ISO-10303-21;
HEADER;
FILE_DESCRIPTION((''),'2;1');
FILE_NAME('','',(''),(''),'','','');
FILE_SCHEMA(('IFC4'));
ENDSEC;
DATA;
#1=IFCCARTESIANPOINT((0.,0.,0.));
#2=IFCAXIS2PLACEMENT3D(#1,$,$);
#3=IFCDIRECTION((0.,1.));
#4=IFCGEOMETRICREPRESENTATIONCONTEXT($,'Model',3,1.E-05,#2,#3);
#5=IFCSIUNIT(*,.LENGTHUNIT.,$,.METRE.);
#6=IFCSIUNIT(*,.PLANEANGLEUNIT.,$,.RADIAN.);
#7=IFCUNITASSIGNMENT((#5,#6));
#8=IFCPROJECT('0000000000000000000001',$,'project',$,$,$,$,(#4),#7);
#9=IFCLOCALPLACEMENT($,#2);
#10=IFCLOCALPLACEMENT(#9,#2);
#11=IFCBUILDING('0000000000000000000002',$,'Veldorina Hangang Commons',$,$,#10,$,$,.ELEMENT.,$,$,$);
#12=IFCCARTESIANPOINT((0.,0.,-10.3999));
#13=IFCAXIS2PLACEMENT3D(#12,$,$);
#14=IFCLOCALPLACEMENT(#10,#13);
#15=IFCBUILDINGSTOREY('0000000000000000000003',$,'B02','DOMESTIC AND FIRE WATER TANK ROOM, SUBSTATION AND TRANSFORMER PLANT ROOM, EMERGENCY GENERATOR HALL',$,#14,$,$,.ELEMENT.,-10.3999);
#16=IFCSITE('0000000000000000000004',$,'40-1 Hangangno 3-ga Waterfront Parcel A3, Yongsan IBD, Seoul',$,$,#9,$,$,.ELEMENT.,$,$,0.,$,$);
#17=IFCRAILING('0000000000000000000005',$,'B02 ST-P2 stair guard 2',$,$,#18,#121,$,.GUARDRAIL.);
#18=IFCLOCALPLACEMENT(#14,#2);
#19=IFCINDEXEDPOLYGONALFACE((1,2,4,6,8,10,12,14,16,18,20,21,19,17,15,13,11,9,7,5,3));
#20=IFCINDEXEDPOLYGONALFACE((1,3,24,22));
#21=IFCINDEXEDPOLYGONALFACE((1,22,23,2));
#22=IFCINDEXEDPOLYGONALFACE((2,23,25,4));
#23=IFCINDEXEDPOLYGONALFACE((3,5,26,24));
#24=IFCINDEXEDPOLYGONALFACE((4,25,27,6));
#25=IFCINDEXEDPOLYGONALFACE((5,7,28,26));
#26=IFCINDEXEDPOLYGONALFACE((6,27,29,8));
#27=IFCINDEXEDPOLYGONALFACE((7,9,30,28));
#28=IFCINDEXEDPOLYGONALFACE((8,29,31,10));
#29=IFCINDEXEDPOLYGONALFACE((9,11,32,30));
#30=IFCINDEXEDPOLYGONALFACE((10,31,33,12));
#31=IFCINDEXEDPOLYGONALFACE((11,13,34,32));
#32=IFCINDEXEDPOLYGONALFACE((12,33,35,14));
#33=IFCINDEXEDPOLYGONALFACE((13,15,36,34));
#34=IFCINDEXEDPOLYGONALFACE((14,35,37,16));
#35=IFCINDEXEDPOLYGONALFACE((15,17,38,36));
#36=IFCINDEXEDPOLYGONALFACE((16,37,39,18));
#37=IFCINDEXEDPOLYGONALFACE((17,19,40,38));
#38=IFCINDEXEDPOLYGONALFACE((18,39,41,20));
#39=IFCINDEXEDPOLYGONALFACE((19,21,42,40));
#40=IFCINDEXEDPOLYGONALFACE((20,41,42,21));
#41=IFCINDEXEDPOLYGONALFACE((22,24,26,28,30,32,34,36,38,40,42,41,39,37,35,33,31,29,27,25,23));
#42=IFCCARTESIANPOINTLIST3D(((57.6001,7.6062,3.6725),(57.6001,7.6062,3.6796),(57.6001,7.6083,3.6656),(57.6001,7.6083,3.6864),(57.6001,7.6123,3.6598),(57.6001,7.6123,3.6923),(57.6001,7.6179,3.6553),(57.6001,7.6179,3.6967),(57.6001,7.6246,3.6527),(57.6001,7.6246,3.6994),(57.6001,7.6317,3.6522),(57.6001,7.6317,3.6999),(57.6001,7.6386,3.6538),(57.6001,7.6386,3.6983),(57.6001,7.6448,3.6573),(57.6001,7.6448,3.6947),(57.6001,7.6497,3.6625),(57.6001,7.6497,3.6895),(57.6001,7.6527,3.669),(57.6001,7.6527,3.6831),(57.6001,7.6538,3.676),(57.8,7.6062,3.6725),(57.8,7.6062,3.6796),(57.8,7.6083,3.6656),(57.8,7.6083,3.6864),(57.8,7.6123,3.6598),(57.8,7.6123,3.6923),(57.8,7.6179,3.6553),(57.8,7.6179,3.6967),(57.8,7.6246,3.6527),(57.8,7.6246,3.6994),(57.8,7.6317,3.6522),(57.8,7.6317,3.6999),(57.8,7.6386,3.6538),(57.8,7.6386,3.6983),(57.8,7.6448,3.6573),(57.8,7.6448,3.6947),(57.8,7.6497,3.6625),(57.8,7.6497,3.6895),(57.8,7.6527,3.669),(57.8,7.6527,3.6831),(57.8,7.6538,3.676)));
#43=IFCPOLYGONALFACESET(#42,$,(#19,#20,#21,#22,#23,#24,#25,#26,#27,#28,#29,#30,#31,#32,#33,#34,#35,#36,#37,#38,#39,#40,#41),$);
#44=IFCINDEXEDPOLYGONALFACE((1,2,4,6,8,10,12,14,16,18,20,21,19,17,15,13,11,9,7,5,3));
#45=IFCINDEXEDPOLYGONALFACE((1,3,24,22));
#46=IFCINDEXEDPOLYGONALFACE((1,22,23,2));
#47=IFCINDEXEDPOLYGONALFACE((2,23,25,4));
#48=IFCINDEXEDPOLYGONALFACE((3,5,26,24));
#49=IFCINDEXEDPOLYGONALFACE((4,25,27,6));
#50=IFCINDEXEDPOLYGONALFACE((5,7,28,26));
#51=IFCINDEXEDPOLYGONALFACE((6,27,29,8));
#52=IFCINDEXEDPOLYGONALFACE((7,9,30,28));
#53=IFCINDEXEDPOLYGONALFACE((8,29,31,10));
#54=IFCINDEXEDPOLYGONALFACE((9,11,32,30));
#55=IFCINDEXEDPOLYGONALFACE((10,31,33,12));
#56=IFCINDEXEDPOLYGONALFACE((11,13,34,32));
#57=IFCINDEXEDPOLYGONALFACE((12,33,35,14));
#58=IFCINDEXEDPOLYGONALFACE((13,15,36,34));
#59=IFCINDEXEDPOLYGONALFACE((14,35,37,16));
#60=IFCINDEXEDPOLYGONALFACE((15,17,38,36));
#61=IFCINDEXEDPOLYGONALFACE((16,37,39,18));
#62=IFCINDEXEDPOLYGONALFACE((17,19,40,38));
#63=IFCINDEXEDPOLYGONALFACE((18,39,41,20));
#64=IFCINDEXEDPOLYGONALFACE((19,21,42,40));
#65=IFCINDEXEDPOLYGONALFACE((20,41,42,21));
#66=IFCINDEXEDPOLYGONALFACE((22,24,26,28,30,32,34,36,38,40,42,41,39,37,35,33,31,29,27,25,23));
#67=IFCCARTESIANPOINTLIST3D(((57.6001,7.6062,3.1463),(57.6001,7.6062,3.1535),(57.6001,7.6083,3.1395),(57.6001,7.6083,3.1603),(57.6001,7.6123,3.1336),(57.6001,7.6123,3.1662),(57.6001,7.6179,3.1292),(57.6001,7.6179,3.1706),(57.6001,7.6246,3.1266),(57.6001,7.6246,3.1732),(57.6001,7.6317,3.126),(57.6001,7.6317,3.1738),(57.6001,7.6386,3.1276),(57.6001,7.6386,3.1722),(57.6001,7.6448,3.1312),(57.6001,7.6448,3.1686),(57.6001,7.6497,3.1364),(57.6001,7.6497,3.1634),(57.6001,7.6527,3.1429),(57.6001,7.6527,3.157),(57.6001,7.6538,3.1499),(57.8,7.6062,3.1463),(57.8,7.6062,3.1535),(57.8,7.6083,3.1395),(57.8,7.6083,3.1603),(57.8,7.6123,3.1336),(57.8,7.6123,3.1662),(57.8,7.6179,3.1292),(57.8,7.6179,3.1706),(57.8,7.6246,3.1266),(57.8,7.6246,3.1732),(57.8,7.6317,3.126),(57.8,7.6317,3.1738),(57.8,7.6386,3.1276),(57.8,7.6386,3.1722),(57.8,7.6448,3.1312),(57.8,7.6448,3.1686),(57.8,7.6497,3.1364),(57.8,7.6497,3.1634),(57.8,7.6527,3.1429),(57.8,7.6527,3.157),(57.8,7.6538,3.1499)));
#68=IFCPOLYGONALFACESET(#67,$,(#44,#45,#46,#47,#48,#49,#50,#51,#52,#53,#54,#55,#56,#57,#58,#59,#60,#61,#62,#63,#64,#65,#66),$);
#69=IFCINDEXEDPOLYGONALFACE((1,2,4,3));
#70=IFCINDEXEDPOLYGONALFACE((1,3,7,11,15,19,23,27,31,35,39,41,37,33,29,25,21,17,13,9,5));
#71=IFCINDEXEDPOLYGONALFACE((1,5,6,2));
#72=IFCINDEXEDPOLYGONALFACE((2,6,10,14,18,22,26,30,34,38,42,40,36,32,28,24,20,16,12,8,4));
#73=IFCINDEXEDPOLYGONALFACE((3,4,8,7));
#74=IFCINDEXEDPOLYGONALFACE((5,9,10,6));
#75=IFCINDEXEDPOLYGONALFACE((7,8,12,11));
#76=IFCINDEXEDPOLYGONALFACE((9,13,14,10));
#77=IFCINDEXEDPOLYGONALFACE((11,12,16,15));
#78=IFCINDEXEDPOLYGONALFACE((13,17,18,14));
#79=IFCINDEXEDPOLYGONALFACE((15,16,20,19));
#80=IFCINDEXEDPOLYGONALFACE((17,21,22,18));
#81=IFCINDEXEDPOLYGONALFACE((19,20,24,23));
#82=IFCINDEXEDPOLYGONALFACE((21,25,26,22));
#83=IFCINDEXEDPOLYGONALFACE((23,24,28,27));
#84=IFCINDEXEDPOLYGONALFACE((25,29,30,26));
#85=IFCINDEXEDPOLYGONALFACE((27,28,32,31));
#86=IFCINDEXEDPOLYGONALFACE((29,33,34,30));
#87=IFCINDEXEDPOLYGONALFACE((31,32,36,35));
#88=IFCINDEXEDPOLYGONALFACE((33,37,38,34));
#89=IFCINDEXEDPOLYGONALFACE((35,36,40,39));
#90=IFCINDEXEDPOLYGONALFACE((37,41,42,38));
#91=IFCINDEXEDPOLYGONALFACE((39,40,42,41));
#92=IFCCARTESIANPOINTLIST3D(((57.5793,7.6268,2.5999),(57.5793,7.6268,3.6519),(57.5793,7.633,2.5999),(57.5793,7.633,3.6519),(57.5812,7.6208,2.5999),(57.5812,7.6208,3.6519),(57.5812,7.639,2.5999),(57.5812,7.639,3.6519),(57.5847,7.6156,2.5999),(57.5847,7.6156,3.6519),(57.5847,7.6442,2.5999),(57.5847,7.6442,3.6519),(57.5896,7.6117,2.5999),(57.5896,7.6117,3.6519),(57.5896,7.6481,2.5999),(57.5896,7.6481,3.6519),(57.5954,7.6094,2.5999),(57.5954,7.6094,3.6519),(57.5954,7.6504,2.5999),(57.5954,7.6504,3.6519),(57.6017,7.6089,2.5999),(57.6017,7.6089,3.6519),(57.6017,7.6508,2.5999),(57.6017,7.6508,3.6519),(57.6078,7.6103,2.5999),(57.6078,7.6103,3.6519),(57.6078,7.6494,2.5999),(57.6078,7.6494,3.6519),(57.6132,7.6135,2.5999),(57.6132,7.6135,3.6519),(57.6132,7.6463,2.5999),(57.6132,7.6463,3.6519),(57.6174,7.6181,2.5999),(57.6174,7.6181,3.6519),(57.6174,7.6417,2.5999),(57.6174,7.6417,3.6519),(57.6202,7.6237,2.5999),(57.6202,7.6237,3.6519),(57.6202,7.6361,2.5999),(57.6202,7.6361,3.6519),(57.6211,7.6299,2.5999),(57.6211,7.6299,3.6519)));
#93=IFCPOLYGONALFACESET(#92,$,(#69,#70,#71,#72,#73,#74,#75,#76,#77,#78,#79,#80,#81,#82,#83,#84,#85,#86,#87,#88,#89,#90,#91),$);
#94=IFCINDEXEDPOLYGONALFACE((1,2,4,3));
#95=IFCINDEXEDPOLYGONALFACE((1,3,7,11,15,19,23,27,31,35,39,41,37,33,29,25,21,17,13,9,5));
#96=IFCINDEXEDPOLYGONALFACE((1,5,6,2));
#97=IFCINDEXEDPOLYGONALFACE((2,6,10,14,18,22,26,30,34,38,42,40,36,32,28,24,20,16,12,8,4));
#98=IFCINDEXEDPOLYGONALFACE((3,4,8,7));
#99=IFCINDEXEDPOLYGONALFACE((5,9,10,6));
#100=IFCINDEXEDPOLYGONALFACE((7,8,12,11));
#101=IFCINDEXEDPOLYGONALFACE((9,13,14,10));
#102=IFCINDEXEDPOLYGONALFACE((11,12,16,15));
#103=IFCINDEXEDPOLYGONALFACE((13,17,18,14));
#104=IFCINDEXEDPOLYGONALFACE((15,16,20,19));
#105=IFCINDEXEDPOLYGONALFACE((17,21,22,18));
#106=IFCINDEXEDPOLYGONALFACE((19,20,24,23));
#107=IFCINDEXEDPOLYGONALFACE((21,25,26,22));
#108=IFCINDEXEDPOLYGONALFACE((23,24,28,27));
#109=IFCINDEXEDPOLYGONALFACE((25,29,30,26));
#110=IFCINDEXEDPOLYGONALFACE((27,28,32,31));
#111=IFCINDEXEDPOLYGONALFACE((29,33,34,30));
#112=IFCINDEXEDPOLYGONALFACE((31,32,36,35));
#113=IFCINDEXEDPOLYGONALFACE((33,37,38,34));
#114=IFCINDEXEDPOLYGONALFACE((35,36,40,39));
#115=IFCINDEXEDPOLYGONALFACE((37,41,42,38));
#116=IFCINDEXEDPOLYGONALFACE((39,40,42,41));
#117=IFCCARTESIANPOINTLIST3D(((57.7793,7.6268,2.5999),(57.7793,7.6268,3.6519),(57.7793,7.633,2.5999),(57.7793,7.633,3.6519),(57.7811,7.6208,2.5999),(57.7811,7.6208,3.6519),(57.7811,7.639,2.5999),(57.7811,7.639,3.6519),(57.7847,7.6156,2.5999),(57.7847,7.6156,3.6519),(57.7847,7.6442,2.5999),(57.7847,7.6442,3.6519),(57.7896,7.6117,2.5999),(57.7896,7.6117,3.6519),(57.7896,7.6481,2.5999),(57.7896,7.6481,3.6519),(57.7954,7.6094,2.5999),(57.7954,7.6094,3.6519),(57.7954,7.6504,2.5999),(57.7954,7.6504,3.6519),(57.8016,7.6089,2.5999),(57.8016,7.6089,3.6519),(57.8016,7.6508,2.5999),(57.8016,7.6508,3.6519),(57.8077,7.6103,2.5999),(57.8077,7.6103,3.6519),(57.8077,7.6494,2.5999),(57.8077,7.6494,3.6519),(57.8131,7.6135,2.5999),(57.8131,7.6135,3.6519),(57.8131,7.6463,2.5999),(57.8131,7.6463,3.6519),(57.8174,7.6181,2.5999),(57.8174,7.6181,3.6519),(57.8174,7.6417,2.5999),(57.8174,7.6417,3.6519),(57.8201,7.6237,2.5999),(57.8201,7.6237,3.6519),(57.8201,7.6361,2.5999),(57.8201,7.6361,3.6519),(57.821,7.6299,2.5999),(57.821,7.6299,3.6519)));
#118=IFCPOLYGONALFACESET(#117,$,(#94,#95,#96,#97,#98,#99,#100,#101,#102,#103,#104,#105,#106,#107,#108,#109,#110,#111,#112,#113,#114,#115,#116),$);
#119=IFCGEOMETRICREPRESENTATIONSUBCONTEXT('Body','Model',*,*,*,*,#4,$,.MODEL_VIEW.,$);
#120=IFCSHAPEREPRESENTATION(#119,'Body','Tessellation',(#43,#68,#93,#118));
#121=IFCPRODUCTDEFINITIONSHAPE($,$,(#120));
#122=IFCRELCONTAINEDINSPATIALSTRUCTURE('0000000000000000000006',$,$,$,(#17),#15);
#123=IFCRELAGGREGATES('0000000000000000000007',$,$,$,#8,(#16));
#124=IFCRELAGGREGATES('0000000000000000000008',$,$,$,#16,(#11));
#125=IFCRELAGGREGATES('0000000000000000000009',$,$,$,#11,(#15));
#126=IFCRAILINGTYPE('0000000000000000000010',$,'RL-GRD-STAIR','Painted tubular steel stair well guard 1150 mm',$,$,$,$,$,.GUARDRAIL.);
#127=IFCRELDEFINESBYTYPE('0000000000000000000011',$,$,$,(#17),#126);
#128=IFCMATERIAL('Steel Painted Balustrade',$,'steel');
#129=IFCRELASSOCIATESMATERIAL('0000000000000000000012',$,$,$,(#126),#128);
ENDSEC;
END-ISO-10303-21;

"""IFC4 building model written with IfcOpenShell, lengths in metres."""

from ifc_helpers import new_model, si_unit, direction, frame, origin, origin_2d, place, context, subcontext, project, spatial, circle, extrude, material, type_object, element, save


model = new_model("IFC4")

# Units and contexts
model_context = context("Model", 3, precision=1e-05, world=origin(), true_north=direction((0.0, 1.0)))
body_context = subcontext(model_context, "Body", "Model", "MODEL_VIEW")
ifc_project = project(units=[si_unit("LENGTHUNIT", "METRE"), si_unit("PLANEANGLEUNIT", "RADIAN")], contexts=[model_context])

# Site, building, storey
site_placement = place(None, origin())
site = spatial("IfcSite", under=ifc_project, at=site_placement, Name="40-1 Hangangno 3-ga Waterfront Parcel A3, Yongsan IBD, Seoul", CompositionType="ELEMENT", RefElevation=0.0)
building_placement = place(site_placement, origin())
building = spatial("IfcBuilding", under=site, at=building_placement, Name="Veldorina Hangang Commons", CompositionType="ELEMENT")
storey_placement = place(building_placement, frame((0.0, 0.0, -10.3999)))
storey = spatial("IfcBuildingStorey", under=building, at=storey_placement, Name="B02", Description="DOMESTIC AND FIRE WATER TANK ROOM, SUBSTATION AND TRANSFORMER PLANT ROOM, EMERGENCY GENERATOR HALL", CompositionType="ELEMENT", Elevation=-10.3999)

# Railing
ifc_material_1 = material(Name="Steel Painted Balustrade", Category="steel")
railing_type_1 = type_object("IfcRailingType", Name="RL-GRD-STAIR", Description="Painted tubular steel stair well guard 1150 mm", PredefinedType="GUARDRAIL", material=ifc_material_1)
railing_1_placement = place(storey_placement, frame((57.6001, 7.6299, 2.5999)))
element("IfcRailing", 1, at=railing_1_placement, inside=storey, type_object=railing_type_1, Name="B02 ST-P2 stair guard 2", PredefinedType="GUARDRAIL", context=body_context, shape_type="SweptSolid", body=[
    extrude(circle(Radius=0.0239, at=origin_2d()), frame((0.0, 0.0, 1.0762), z_axis=(1.0, 0.0, 0.0), x_axis=(0.0, 1.0, 0.0)), (0.0, 0.0, 1.0), 0.2),
    extrude(circle(Radius=0.0239, at=origin_2d()), frame((0.0, 0.0, 0.55), z_axis=(1.0, 0.0, 0.0), x_axis=(0.0, 1.0, 0.0)), (0.0, 0.0, 1.0), 0.2),
    extrude(circle(Radius=0.021, at=origin_2d()), origin(), (0.0, 0.0, 1.0), 1.052),
    extrude(circle(Radius=0.021, at=origin_2d()), frame((0.2, 0.0, 0.0)), (0.0, 0.0, 1.0), 1.052),
])

save(model, "model.ifc")
